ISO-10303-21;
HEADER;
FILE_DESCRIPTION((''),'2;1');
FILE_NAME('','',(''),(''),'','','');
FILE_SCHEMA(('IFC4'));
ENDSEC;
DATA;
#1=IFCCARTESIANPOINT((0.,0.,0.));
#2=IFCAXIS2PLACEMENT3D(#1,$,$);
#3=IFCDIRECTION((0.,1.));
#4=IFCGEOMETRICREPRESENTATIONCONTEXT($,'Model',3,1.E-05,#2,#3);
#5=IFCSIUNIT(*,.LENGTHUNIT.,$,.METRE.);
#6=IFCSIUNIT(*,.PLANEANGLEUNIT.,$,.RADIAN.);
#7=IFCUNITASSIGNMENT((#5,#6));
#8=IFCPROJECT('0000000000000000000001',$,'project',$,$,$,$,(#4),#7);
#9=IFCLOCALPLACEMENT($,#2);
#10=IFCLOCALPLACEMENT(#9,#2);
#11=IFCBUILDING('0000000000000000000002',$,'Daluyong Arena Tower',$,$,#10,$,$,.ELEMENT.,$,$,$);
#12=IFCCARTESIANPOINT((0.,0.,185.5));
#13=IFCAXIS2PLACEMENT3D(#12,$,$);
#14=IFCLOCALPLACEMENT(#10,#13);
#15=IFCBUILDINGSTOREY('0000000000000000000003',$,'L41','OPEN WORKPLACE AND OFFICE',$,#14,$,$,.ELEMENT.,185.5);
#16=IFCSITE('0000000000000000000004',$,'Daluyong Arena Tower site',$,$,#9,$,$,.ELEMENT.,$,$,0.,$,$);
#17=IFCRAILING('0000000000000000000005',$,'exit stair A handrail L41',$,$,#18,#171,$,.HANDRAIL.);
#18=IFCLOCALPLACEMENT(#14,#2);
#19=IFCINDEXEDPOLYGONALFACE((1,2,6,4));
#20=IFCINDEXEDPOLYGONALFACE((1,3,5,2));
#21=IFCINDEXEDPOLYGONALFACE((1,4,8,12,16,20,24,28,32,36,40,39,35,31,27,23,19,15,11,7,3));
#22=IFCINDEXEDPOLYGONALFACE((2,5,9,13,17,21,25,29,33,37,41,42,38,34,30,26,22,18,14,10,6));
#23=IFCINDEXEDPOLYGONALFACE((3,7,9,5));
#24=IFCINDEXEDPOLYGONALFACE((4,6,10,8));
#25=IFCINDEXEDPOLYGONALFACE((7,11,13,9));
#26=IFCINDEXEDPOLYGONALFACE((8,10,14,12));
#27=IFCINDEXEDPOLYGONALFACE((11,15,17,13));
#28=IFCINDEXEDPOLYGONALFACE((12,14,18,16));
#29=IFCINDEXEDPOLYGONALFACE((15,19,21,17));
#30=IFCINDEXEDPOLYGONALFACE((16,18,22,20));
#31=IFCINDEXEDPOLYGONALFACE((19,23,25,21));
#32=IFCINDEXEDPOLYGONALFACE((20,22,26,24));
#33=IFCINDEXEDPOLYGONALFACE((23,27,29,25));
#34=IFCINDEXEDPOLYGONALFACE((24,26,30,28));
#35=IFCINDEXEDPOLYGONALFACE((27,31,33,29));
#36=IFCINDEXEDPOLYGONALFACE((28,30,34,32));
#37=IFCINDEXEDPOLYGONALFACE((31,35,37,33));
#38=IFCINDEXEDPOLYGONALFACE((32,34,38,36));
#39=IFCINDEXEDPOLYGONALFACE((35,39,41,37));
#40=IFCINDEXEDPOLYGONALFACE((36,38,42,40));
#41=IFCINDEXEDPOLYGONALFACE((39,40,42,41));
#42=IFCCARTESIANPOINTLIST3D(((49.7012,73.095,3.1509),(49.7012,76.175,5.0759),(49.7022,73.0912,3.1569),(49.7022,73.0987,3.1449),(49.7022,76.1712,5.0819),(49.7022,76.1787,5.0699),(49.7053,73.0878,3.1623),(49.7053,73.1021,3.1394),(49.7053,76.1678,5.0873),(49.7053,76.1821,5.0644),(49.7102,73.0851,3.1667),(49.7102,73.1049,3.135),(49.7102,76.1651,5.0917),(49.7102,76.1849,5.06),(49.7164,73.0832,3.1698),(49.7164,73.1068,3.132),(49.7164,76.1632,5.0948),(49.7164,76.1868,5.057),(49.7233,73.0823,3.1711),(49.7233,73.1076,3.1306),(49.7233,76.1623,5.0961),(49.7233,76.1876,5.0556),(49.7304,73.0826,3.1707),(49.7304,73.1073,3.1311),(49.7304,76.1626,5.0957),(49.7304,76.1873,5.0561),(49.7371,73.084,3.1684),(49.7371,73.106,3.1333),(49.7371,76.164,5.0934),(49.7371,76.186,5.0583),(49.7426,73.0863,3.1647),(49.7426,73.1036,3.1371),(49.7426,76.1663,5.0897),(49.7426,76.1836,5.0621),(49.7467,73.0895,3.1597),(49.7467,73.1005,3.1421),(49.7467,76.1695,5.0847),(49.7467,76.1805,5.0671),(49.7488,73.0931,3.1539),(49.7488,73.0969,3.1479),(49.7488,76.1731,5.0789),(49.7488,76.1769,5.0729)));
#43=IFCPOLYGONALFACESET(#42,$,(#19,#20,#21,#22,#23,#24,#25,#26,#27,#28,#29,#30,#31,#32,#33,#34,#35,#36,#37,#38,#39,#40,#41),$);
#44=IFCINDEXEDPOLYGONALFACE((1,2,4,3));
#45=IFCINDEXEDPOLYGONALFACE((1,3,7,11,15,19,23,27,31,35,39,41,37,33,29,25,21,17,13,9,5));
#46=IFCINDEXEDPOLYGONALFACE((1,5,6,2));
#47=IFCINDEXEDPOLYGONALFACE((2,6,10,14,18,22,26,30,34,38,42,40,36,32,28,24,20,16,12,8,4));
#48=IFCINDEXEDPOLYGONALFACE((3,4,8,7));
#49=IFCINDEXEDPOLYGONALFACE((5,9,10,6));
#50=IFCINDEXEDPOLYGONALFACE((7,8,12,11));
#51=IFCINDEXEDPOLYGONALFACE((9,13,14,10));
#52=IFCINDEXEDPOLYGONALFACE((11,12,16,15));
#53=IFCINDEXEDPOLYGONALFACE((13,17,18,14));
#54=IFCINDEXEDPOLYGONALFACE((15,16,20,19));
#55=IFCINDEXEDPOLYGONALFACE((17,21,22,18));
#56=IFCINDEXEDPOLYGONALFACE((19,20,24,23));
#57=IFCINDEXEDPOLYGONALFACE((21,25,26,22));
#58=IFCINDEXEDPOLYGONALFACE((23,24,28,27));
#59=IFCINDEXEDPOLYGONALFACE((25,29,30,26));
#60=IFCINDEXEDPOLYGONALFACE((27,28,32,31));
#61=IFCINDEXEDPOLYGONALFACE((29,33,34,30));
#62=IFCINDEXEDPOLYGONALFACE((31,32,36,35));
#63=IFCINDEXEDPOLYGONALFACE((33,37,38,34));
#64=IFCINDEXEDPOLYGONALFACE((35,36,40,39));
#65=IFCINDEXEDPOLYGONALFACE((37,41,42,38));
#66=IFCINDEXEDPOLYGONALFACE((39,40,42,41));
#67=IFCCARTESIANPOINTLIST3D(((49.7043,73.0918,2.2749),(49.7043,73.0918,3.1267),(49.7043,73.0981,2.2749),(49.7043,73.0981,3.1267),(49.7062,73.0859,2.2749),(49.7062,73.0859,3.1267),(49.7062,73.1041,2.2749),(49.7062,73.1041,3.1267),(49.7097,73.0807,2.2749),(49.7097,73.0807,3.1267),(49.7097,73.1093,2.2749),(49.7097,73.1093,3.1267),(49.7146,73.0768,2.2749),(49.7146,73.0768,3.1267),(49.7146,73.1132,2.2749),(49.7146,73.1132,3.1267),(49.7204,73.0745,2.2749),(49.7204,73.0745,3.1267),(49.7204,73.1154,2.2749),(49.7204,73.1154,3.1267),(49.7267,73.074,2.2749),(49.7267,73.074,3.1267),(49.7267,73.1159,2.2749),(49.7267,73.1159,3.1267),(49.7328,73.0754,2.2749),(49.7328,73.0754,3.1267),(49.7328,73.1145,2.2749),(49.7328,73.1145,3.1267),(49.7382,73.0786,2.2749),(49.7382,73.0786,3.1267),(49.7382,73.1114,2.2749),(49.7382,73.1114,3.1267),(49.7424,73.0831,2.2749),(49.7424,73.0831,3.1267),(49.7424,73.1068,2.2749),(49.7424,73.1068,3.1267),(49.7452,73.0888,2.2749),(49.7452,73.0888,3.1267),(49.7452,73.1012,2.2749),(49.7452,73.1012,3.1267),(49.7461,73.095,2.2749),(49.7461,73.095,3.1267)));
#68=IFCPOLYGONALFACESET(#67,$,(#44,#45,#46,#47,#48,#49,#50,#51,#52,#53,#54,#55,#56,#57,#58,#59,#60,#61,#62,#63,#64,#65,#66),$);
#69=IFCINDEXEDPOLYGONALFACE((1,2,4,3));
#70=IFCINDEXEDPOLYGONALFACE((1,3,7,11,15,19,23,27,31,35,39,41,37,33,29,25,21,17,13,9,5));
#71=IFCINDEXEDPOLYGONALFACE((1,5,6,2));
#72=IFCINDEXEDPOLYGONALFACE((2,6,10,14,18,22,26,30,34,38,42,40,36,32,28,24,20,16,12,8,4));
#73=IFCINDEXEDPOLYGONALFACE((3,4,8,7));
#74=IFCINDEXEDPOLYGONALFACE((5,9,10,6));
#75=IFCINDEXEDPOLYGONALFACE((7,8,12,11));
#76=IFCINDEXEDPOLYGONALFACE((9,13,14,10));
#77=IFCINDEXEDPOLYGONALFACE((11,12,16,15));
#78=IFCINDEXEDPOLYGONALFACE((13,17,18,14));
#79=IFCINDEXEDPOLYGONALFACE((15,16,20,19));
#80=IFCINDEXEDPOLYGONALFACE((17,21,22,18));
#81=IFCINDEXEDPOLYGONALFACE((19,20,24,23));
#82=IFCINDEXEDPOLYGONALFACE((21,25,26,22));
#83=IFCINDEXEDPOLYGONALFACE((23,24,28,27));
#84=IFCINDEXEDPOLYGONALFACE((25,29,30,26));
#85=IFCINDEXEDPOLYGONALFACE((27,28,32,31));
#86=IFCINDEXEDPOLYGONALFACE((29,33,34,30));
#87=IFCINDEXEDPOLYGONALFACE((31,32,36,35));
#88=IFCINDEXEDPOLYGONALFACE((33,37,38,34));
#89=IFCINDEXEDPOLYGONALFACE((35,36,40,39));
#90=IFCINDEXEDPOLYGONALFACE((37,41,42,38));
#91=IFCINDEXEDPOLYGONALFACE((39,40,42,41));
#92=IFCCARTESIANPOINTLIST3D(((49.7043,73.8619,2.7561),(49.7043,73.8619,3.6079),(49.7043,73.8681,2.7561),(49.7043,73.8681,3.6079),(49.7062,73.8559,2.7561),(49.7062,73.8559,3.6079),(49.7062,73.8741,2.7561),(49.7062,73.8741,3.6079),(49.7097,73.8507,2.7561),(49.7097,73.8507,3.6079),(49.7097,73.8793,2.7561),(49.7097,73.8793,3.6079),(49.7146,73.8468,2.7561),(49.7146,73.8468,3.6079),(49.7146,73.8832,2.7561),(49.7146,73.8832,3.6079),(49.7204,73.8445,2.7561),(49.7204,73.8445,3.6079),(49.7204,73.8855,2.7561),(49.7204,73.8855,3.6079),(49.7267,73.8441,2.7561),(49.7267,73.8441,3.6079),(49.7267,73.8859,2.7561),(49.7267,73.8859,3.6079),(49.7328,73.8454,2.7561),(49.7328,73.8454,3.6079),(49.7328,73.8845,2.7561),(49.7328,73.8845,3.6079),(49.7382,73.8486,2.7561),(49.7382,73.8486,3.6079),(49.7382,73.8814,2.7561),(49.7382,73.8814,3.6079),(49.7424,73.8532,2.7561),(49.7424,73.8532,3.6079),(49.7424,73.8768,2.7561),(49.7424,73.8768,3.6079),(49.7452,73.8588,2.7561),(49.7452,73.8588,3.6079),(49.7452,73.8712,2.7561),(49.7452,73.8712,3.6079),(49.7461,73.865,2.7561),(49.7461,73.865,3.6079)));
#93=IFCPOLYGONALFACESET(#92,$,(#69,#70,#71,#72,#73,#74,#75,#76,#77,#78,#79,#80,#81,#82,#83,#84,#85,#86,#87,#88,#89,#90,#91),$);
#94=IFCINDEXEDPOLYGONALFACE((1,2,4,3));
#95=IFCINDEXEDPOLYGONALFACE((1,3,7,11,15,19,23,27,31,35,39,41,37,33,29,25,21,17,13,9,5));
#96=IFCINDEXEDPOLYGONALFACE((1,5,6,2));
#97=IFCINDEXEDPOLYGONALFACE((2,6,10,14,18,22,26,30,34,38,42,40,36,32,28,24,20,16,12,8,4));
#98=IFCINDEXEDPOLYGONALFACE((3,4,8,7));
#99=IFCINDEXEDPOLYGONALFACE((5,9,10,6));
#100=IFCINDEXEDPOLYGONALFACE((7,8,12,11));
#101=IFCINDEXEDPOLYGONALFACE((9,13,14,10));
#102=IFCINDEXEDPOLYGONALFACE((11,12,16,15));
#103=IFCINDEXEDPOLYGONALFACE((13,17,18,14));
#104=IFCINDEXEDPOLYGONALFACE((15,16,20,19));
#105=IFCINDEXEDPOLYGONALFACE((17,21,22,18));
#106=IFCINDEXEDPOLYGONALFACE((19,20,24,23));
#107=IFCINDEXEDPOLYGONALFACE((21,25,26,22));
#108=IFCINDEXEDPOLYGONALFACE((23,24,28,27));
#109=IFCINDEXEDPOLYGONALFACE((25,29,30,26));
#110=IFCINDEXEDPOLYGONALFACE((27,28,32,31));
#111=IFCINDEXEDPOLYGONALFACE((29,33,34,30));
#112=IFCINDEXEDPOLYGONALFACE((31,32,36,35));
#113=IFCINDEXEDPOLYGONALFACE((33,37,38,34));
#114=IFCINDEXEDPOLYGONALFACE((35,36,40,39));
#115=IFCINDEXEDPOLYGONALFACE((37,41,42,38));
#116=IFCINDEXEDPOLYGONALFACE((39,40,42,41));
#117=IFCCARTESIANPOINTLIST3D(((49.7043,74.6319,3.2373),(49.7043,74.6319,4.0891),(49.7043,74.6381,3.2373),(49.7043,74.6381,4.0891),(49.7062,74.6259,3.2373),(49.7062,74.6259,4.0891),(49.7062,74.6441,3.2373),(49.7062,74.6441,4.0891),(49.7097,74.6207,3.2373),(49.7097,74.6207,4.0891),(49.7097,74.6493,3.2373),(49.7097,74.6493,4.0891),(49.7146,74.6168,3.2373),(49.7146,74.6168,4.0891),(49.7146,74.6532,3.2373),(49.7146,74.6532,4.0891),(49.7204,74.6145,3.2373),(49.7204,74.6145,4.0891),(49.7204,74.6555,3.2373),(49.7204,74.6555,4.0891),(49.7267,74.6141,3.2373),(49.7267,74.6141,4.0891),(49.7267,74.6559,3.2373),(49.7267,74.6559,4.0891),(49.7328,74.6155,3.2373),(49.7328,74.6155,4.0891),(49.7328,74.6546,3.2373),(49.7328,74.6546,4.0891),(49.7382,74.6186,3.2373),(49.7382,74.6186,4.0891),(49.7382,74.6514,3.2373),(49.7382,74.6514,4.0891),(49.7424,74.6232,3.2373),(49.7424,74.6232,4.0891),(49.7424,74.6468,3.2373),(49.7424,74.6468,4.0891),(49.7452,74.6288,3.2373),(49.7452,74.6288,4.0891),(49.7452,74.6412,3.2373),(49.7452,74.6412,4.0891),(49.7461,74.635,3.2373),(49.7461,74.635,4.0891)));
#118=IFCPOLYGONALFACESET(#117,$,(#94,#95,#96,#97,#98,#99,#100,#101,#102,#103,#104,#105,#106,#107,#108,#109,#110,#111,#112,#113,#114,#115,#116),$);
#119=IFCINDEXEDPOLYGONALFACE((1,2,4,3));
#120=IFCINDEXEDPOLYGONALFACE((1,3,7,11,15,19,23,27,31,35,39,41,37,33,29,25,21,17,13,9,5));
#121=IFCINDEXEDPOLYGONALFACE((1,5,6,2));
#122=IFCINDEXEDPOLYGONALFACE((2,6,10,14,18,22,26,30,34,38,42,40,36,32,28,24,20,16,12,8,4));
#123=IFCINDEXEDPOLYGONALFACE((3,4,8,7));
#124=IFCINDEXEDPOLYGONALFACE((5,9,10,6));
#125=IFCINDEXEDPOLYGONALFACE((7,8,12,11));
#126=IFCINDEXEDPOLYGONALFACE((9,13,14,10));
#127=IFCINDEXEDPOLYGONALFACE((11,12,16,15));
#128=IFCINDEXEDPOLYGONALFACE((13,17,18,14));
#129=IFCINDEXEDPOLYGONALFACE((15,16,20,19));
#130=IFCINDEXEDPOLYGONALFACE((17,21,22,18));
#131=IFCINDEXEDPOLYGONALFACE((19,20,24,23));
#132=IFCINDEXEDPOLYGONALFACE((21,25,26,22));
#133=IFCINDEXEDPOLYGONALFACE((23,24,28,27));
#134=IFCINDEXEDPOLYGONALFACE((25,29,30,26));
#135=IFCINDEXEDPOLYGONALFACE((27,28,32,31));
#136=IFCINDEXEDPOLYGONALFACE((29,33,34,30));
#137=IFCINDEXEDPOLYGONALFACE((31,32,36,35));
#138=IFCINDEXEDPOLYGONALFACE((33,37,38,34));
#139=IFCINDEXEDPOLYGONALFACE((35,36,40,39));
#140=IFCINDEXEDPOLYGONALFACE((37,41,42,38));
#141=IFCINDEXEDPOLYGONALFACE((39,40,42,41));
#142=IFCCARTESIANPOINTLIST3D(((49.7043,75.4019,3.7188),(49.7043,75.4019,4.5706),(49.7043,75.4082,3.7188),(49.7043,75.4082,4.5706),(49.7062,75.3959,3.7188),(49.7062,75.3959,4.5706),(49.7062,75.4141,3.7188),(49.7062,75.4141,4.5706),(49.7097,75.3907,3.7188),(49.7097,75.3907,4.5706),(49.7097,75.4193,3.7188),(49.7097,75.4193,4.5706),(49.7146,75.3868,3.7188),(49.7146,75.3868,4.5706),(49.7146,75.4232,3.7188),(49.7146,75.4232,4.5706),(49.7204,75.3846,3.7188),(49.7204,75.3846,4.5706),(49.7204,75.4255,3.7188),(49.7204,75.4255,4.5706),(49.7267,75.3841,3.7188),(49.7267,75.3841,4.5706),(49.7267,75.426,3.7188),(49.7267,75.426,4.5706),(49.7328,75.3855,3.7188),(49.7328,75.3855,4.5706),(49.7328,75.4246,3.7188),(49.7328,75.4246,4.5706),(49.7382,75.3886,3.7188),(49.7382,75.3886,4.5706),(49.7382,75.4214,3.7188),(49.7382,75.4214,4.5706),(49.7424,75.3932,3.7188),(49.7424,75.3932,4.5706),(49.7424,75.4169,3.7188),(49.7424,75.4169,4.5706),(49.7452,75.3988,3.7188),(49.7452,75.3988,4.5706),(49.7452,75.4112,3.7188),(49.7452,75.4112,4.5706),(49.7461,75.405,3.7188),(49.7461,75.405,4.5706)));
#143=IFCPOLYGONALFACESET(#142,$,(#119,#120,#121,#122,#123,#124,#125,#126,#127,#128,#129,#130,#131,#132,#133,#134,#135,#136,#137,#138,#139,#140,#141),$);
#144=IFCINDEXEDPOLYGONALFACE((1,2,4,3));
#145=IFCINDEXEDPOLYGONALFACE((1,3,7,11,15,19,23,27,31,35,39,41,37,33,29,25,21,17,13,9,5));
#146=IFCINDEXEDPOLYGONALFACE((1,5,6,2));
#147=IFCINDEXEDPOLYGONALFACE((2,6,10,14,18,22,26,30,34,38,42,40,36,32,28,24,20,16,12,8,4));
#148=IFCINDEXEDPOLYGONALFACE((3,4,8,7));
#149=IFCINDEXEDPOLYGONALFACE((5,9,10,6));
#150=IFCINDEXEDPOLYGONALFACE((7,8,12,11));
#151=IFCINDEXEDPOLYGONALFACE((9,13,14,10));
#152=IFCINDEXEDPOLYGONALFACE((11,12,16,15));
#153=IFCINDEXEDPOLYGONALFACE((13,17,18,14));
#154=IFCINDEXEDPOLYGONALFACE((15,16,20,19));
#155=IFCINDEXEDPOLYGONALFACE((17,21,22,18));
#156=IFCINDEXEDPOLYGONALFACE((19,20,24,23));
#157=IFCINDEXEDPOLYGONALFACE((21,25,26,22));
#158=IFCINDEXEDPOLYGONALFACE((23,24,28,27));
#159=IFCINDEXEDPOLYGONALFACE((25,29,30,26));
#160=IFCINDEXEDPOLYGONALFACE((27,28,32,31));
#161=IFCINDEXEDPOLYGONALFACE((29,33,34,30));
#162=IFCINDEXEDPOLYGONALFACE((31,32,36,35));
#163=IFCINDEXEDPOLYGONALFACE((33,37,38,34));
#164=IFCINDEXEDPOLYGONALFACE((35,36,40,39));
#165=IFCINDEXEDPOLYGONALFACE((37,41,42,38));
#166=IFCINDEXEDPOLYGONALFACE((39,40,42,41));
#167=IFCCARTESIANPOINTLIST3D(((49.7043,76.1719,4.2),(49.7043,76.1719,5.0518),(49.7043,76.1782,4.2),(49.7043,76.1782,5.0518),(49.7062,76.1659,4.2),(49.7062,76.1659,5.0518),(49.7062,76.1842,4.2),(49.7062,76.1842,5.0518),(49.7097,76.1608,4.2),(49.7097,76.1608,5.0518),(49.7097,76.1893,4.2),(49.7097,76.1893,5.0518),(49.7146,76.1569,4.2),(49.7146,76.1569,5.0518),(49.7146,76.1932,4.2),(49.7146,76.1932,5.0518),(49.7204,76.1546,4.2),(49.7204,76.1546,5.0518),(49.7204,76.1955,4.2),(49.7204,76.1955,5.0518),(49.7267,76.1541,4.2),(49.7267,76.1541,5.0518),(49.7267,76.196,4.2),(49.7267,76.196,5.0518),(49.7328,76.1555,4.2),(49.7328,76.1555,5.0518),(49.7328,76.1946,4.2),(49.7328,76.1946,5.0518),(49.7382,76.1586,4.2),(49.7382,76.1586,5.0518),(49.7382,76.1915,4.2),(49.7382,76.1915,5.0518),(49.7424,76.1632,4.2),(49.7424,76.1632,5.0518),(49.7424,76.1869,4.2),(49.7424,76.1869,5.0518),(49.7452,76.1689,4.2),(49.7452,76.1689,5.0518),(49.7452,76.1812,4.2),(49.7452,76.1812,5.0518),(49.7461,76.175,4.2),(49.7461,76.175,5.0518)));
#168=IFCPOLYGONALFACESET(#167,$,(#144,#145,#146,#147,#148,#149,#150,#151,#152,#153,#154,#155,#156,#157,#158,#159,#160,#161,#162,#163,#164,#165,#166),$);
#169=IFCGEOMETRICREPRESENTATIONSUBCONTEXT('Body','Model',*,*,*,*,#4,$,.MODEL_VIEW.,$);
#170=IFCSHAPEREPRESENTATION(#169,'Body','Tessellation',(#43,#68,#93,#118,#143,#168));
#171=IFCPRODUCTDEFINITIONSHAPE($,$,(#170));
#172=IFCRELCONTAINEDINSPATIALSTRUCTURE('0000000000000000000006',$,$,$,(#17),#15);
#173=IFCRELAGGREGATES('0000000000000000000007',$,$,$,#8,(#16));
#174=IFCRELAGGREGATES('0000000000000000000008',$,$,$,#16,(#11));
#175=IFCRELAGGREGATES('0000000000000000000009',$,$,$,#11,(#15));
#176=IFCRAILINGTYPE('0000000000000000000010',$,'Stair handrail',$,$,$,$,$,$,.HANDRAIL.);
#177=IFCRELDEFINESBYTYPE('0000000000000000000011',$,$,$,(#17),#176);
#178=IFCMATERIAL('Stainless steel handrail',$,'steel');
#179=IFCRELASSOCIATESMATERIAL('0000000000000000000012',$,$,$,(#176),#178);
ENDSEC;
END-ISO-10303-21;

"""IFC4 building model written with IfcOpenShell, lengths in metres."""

from ifc_helpers import new_model, si_unit, direction, frame, origin, origin_2d, place, context, subcontext, project, spatial, circle, extrude, material, type_object, element, save


model = new_model("IFC4")

# Units and contexts
model_context = context("Model", 3, precision=1e-05, world=origin(), true_north=direction((0.0, 1.0)))
body_context = subcontext(model_context, "Body", "Model", "MODEL_VIEW")
ifc_project = project(units=[si_unit("LENGTHUNIT", "METRE"), si_unit("PLANEANGLEUNIT", "RADIAN")], contexts=[model_context])

# Site, building, storey
site_placement = place(None, origin())
site = spatial("IfcSite", under=ifc_project, at=site_placement, Name="Daluyong Arena Tower site", CompositionType="ELEMENT", RefElevation=0.0)
building_placement = place(site_placement, origin())
building = spatial("IfcBuilding", under=site, at=building_placement, Name="Daluyong Arena Tower", CompositionType="ELEMENT")
storey_placement = place(building_placement, frame((0.0, 0.0, 185.5)))
storey = spatial("IfcBuildingStorey", under=building, at=storey_placement, Name="L41", Description="OPEN WORKPLACE AND OFFICE", CompositionType="ELEMENT", Elevation=185.5)

# Railing
ifc_material_1 = material(Name="Stainless steel handrail", Category="steel")
railing_type_1 = type_object("IfcRailingType", Name="Stair handrail", PredefinedType="HANDRAIL", material=ifc_material_1)
railing_1_placement = place(storey_placement, frame((49.7251, 73.095, 2.2749)))
element("IfcRailing", 1, at=railing_1_placement, inside=storey, type_object=railing_type_1, Name="exit stair A handrail L41", PredefinedType="HANDRAIL", context=body_context, shape_type="SweptSolid", body=[
    extrude(circle(Radius=0.0239, at=origin_2d()), frame((0.0, 0.0, 0.876), z_axis=(0.0, 0.847998, 0.529999), x_axis=(-1.0, 0.0, 0.0)), (0.0, 0.0, 1.0), 3.6321),
    extrude(circle(Radius=0.021, at=origin_2d()), origin(), (0.0, 0.0, 1.0), 0.8518),
    extrude(circle(Radius=0.021, at=origin_2d()), frame((0.0, 0.77, 0.4812)), (0.0, 0.0, 1.0), 0.8518),
    extrude(circle(Radius=0.021, at=origin_2d()), frame((0.0, 1.54, 0.9624)), (0.0, 0.0, 1.0), 0.8518),
    extrude(circle(Radius=0.021, at=origin_2d()), frame((0.0, 2.3101, 1.4438)), (0.0, 0.0, 1.0), 0.8518),
    extrude(circle(Radius=0.021, at=origin_2d()), frame((0.0, 3.0801, 1.925)), (0.0, 0.0, 1.0), 0.8518),
])

save(model, "model.ifc")
